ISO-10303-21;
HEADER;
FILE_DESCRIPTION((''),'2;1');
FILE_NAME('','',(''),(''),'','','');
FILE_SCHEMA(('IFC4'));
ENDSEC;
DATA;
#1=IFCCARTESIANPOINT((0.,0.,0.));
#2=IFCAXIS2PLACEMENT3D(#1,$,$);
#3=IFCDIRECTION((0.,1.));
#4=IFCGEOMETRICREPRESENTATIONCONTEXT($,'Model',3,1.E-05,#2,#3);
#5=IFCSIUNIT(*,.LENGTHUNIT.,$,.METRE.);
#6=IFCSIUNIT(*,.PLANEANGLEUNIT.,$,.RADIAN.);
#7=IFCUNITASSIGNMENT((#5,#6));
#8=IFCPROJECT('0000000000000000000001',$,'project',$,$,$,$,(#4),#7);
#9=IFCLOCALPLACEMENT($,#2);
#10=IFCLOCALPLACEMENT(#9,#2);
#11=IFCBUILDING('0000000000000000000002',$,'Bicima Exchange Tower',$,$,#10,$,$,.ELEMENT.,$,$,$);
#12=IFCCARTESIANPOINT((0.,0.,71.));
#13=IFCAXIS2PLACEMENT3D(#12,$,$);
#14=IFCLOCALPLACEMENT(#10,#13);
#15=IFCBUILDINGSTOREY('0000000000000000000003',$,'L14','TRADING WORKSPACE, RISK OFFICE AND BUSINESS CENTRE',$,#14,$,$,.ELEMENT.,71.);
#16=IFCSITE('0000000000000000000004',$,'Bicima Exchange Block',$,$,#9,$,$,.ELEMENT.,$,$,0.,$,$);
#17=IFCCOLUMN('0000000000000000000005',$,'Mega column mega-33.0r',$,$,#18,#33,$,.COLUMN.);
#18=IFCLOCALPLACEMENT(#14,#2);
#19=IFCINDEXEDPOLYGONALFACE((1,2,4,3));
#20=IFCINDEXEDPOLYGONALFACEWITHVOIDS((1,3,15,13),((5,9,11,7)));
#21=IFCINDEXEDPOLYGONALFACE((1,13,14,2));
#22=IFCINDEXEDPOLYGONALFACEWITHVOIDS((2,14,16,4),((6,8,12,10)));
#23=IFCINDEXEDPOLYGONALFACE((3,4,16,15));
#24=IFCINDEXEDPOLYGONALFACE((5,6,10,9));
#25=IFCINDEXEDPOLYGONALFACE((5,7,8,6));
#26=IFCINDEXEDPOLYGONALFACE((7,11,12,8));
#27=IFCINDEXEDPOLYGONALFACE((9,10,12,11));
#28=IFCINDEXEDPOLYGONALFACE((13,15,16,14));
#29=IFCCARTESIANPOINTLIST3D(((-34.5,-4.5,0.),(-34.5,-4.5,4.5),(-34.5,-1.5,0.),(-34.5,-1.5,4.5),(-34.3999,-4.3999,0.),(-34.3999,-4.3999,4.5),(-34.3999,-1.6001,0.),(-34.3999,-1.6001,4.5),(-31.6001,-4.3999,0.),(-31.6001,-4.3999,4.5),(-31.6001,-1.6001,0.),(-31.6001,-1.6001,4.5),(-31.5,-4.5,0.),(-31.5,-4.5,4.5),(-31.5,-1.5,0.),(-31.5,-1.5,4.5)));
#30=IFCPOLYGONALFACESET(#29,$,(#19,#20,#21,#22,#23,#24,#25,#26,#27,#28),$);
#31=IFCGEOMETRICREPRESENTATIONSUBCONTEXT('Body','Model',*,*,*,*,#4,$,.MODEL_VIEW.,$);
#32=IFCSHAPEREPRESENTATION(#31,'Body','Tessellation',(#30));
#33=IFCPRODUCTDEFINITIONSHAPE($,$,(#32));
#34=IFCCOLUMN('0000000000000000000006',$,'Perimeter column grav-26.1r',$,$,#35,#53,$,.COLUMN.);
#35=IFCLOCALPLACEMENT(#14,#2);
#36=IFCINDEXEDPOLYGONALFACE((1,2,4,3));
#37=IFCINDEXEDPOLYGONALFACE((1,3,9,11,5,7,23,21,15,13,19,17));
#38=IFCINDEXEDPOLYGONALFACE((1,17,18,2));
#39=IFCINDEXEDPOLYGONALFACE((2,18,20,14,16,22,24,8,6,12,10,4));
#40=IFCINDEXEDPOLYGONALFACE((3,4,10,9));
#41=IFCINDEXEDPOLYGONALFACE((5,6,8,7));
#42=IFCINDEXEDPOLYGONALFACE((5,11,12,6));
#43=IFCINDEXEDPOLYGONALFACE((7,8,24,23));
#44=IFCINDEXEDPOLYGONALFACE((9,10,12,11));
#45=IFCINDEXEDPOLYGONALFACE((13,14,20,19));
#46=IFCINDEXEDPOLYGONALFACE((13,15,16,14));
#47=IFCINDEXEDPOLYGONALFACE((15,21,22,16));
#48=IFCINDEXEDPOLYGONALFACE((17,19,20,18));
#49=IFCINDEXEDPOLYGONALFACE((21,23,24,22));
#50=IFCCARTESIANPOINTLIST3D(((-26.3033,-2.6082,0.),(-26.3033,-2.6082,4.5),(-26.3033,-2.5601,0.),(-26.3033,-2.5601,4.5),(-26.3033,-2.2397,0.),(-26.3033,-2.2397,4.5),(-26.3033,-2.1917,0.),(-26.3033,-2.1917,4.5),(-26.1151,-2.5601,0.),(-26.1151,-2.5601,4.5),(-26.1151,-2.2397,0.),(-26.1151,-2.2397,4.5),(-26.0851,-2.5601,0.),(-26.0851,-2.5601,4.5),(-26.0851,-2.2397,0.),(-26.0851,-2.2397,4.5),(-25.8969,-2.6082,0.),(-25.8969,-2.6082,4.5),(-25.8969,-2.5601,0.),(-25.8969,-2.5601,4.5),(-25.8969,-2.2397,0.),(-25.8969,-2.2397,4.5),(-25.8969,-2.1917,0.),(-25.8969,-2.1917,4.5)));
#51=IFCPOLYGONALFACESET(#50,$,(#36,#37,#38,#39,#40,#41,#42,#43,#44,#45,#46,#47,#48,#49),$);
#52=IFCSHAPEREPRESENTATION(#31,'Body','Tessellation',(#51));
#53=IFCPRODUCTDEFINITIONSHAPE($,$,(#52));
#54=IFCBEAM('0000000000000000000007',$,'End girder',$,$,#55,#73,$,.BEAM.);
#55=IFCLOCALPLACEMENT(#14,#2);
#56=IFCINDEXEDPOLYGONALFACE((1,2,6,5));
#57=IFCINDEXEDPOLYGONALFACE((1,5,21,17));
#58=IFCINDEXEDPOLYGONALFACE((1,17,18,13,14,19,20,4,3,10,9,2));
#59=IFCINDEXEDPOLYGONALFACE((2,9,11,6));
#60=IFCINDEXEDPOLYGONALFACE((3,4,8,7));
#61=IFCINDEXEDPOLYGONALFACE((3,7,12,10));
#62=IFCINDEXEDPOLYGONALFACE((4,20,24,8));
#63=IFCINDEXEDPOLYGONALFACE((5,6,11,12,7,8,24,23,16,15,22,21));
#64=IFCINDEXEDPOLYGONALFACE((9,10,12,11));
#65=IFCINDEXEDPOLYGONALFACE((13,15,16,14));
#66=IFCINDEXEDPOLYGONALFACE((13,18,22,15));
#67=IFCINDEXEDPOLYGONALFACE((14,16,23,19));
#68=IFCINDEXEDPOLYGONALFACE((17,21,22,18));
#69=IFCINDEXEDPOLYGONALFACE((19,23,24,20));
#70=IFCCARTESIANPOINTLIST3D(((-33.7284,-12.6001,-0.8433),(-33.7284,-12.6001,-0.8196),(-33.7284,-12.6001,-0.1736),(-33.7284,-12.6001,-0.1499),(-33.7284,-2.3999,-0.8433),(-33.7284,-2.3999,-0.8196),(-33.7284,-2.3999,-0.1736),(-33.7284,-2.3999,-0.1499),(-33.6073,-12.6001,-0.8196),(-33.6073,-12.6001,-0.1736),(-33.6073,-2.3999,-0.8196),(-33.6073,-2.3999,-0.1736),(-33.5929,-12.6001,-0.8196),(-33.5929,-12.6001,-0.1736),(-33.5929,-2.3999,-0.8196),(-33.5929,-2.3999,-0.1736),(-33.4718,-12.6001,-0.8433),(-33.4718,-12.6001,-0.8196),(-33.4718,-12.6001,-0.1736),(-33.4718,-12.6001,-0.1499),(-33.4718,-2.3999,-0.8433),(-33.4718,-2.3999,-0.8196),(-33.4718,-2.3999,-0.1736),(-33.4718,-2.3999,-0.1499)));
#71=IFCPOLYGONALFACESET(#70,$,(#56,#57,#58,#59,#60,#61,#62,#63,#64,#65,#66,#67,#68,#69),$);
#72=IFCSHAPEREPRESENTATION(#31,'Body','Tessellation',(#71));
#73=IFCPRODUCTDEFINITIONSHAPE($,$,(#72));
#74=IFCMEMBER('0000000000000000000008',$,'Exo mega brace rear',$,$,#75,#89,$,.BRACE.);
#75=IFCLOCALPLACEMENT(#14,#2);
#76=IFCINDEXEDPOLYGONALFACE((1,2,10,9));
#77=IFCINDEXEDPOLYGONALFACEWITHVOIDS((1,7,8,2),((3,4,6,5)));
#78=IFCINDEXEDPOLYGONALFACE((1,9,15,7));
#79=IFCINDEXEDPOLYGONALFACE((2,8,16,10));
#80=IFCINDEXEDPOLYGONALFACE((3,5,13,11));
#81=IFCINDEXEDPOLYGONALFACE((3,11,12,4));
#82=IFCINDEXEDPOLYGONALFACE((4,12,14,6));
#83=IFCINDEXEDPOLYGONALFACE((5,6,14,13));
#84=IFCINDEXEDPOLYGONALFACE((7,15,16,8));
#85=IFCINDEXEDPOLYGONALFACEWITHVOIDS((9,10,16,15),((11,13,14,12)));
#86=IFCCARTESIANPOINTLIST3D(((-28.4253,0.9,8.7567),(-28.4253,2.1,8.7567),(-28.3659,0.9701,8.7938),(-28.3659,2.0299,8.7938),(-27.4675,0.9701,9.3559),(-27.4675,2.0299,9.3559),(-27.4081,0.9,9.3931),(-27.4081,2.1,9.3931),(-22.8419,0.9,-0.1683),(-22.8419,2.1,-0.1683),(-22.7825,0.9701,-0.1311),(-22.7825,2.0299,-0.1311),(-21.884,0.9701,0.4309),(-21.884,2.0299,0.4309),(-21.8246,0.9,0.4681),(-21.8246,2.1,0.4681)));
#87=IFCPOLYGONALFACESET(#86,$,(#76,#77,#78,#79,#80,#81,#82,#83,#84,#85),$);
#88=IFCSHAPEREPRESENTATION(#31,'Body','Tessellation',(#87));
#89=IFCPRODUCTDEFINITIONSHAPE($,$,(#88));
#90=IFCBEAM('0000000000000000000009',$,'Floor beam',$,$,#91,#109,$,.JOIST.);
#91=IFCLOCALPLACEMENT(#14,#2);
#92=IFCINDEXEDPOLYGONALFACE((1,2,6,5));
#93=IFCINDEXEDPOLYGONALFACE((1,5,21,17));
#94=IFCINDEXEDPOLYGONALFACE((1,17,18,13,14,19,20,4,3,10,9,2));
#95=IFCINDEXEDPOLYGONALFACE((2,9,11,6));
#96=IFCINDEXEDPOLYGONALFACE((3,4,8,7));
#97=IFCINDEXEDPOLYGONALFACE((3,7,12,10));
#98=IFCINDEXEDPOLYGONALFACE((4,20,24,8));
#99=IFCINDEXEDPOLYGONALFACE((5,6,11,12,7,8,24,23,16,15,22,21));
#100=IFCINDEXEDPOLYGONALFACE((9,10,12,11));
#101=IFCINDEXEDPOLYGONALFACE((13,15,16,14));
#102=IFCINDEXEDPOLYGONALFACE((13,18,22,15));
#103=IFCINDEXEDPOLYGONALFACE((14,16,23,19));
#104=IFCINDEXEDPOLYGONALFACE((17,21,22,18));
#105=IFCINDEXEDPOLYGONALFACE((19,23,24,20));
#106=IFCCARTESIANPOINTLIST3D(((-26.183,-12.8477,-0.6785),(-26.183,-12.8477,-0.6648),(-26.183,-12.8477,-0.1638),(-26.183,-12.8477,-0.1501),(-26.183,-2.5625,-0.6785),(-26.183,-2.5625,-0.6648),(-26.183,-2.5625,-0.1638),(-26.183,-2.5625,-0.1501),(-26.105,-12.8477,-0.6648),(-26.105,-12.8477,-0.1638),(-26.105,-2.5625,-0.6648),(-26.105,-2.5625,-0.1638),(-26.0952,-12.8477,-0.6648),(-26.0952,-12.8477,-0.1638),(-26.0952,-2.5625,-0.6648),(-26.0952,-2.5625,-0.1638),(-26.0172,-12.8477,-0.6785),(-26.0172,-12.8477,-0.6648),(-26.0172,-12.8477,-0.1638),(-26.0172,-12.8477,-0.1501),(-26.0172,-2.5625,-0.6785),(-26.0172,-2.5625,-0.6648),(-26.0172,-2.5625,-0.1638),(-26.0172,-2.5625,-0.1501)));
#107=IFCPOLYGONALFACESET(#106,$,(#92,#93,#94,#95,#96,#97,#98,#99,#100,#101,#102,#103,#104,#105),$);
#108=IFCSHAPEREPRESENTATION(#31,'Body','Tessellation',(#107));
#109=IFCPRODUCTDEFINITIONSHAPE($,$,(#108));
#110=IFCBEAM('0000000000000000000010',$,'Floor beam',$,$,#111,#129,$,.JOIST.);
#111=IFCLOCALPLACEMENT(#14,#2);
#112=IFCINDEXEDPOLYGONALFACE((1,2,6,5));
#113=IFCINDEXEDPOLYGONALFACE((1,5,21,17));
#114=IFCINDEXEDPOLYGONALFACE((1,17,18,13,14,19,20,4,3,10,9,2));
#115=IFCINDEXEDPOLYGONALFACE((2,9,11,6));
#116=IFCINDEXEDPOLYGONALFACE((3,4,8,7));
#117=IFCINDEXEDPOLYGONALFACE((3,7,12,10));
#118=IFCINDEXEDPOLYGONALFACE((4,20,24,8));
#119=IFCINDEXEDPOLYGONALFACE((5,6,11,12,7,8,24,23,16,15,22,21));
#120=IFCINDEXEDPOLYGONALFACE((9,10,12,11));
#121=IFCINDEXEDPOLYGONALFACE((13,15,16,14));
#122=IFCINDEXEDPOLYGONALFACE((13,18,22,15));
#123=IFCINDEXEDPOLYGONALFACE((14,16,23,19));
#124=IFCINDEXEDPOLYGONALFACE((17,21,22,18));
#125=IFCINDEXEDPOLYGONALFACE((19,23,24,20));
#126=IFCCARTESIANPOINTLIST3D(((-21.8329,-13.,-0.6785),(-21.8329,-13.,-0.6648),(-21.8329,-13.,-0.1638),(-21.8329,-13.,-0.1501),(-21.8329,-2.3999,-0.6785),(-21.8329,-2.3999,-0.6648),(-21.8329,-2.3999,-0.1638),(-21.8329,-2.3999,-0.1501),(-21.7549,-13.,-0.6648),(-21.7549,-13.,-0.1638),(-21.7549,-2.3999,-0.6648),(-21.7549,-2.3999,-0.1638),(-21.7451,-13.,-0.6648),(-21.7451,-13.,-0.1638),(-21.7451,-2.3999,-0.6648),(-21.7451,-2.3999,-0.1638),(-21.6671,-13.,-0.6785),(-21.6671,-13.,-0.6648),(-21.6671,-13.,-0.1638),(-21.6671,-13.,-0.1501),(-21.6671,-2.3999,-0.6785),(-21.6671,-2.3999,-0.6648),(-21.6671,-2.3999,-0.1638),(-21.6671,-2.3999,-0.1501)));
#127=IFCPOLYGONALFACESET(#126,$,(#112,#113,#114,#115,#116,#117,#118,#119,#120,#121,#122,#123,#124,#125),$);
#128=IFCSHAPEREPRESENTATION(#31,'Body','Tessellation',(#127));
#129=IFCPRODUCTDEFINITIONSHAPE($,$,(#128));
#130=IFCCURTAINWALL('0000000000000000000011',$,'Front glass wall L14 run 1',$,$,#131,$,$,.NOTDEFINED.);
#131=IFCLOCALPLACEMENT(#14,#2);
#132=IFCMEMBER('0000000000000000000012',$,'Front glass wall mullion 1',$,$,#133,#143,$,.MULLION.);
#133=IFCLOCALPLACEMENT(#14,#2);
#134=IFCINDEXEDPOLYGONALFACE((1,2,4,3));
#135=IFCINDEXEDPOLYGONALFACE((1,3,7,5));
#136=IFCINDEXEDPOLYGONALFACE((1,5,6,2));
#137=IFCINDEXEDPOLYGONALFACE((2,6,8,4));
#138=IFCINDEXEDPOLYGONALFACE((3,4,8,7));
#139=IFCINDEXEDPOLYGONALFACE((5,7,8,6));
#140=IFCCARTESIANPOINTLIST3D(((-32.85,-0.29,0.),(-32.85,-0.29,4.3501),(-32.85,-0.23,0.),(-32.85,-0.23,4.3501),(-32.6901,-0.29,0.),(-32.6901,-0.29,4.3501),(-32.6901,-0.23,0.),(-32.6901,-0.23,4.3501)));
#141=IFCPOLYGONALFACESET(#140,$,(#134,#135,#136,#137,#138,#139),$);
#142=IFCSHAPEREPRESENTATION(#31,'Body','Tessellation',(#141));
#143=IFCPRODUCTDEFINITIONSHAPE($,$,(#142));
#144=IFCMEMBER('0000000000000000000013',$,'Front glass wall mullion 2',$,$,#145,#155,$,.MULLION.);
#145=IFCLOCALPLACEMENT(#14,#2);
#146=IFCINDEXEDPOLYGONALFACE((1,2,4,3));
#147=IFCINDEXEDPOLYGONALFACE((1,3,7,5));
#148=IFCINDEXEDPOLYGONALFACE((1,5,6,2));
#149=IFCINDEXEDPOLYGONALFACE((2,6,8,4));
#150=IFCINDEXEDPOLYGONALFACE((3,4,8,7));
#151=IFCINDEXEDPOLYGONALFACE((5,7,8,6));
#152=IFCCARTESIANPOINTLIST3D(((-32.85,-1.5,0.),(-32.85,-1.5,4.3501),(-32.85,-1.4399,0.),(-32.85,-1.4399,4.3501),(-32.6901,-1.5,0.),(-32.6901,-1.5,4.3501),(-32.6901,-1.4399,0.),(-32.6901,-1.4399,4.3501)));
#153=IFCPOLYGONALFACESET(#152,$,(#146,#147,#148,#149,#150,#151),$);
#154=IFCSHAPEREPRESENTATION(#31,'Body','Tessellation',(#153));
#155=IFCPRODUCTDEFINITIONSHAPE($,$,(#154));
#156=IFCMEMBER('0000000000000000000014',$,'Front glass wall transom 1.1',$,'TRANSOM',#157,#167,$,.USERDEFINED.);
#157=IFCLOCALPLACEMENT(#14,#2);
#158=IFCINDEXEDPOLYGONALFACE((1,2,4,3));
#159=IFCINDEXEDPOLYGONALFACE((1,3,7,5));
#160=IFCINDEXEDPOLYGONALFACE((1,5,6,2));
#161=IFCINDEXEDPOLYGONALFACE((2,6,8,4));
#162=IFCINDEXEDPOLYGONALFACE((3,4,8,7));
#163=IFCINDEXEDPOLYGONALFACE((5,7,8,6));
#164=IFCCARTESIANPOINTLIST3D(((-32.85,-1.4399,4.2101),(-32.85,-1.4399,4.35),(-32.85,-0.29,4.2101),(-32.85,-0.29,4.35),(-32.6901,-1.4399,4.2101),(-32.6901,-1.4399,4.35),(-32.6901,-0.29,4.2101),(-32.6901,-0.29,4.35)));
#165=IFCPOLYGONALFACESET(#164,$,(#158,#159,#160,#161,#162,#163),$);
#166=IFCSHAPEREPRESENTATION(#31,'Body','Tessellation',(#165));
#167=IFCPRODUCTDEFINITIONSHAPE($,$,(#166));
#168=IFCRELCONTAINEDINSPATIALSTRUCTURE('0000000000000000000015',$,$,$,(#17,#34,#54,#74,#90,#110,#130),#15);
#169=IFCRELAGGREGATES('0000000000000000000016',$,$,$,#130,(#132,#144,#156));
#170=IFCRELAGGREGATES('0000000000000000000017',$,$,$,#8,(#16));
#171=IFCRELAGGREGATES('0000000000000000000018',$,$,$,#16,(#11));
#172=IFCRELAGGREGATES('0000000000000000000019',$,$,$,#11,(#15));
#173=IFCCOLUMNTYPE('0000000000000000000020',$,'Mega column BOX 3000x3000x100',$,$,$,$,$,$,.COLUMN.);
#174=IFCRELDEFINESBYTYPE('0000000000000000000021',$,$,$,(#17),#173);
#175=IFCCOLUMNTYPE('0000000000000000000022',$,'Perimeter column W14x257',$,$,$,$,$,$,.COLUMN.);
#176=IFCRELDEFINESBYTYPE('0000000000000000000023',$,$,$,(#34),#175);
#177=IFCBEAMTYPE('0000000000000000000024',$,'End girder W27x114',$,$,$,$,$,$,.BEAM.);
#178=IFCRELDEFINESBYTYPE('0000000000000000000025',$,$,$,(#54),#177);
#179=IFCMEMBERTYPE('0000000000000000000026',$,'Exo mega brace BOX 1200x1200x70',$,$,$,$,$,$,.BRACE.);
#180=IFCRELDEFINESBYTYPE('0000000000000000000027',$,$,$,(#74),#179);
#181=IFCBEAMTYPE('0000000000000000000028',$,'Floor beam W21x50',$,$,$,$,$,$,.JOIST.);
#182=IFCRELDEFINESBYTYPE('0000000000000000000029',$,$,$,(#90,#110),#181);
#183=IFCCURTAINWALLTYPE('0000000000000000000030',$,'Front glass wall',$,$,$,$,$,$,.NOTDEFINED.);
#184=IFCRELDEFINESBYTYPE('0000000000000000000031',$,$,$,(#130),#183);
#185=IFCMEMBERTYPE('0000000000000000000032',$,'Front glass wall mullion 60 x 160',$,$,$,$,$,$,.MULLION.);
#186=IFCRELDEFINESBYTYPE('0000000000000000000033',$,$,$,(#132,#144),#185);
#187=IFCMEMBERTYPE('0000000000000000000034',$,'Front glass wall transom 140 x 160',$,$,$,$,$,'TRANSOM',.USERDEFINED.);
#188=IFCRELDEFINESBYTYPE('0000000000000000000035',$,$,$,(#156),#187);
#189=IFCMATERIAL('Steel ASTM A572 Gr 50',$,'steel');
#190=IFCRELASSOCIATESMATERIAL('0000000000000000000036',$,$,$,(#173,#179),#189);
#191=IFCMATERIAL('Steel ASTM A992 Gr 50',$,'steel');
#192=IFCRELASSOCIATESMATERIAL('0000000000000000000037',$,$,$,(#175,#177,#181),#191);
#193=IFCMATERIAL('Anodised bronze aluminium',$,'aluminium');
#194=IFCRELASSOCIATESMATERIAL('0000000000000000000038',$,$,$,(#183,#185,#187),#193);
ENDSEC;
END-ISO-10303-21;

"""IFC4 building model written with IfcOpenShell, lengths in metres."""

from ifc_helpers import new_model, si_unit, direction, frame, origin, origin_2d, place, context, subcontext, project, spatial, rectangle, hollow_rectangle, i_section, extrude, material, material_profile, profile_set, type_object, element, aggregate, save


model = new_model("IFC4")

# Units and contexts
model_context = context("Model", 3, precision=1e-05, world=origin(), true_north=direction((0.0, 1.0)))
body_context = subcontext(model_context, "Body", "Model", "MODEL_VIEW")
ifc_project = project(units=[si_unit("LENGTHUNIT", "METRE"), si_unit("PLANEANGLEUNIT", "RADIAN")], contexts=[model_context])

# Site, building, storey
site_placement = place(None, origin())
site = spatial("IfcSite", under=ifc_project, at=site_placement, Name="Bicima Exchange Block", CompositionType="ELEMENT", RefElevation=0.0)
building_placement = place(site_placement, origin())
building = spatial("IfcBuilding", under=site, at=building_placement, Name="Bicima Exchange Tower", CompositionType="ELEMENT")
storey_placement = place(building_placement, frame((0.0, 0.0, 71.0)))
storey = spatial("IfcBuildingStorey", under=building, at=storey_placement, Name="L14", Description="TRADING WORKSPACE, RISK OFFICE AND BUSINESS CENTRE", CompositionType="ELEMENT", Elevation=71.0)

# Columns
ifc_material_1 = material(Name="Steel ASTM A572 Gr 50", Category="steel")
ifc_material_profile_1 = material_profile(ifc_material_1, hollow_rectangle(XDim=3.0, YDim=3.0, WallThickness=0.1001, at=origin_2d()))
ifc_profile_set_1 = profile_set([ifc_material_profile_1], Name="Steel ASTM A572 Gr 50")
column_type_1 = type_object("IfcColumnType", Name="Mega column BOX 3000x3000x100", PredefinedType="COLUMN", material=ifc_profile_set_1)
column_1_placement = place(storey_placement, frame((-33.0, -3.0, 0.0), z_axis=(0.0, 0.0, 1.0), x_axis=(1.0, 0.0, 0.0)))
element("IfcColumn", 1, at=column_1_placement, inside=storey, type_object=column_type_1, Name="Mega column mega-33.0r", PredefinedType="COLUMN", context=body_context, shape_type="SweptSolid", body=[
    extrude(hollow_rectangle(XDim=3.0, YDim=3.0, WallThickness=0.1001, at=origin_2d()), origin(), (0.0, 0.0, 1.0), 4.5),
])
ifc_material_2 = material(Name="Steel ASTM A992 Gr 50", Category="steel")
ifc_material_profile_2 = material_profile(ifc_material_2, i_section(OverallWidth=0.4065, OverallDepth=0.4165, WebThickness=0.03, FlangeThickness=0.0481, at=origin_2d()))
ifc_profile_set_2 = profile_set([ifc_material_profile_2], Name="Steel ASTM A992 Gr 50")
column_type_2 = type_object("IfcColumnType", Name="Perimeter column W14x257", PredefinedType="COLUMN", material=ifc_profile_set_2)
column_2_placement = place(storey_placement, frame((-26.1001, -2.3999, 0.0), z_axis=(0.0, 0.0, 1.0), x_axis=(1.0, 0.0, 0.0)))
element("IfcColumn", 2, at=column_2_placement, inside=storey, type_object=column_type_2, Name="Perimeter column grav-26.1r", PredefinedType="COLUMN", context=body_context, shape_type="SweptSolid", body=[
    extrude(i_section(OverallWidth=0.4065, OverallDepth=0.4165, WebThickness=0.03, FlangeThickness=0.0481, at=origin_2d()), origin(), (0.0, 0.0, 1.0), 4.5),
])

# Beam
ifc_material_profile_3 = material_profile(ifc_material_2, i_section(OverallWidth=0.2566, OverallDepth=0.6934, WebThickness=0.0144, FlangeThickness=0.0237, at=origin_2d()))
ifc_profile_set_3 = profile_set([ifc_material_profile_3], Name="Steel ASTM A992 Gr 50")
beam_type_1 = type_object("IfcBeamType", Name="End girder W27x114", PredefinedType="BEAM", material=ifc_profile_set_3)
beam_1_placement = place(storey_placement, frame((-33.6001, -2.3999, -0.4966), z_axis=(0.0, -1.0, 0.0), x_axis=(1.0, 0.0, 0.0)))
element("IfcBeam", 3, at=beam_1_placement, inside=storey, type_object=beam_type_1, Name="End girder", PredefinedType="BEAM", context=body_context, shape_type="SweptSolid", body=[
    extrude(i_section(OverallWidth=0.2566, OverallDepth=0.6934, WebThickness=0.0144, FlangeThickness=0.0237, at=origin_2d()), origin(), (0.0, 0.0, 1.0), 10.2002),
])

# Member
ifc_material_profile_4 = material_profile(ifc_material_1, hollow_rectangle(XDim=1.2, YDim=1.2, WallThickness=0.0701, at=origin_2d()))
ifc_profile_set_4 = profile_set([ifc_material_profile_4], Name="Steel ASTM A572 Gr 50")
member_type_1 = type_object("IfcMemberType", Name="Exo mega brace BOX 1200x1200x70", PredefinedType="BRACE", material=ifc_profile_set_4)
member_1_placement = place(storey_placement, frame((-22.3333, 1.5, 0.1499), z_axis=(-0.530364, 0.0, 0.84777), x_axis=(0.0, -1.0, 0.0)))
element("IfcMember", 4, at=member_1_placement, inside=storey, type_object=member_type_1, Name="Exo mega brace rear", PredefinedType="BRACE", context=body_context, shape_type="SweptSolid", body=[
    extrude(hollow_rectangle(XDim=1.2, YDim=1.2, WallThickness=0.0701, at=origin_2d()), origin(), (0.0, 0.0, 1.0), 10.5276),
])

# Beams
ifc_material_profile_5 = material_profile(ifc_material_2, i_section(OverallWidth=0.1658, OverallDepth=0.5283, WebThickness=0.0098, FlangeThickness=0.0137, at=origin_2d()))
ifc_profile_set_5 = profile_set([ifc_material_profile_5], Name="Steel ASTM A992 Gr 50")
beam_type_2 = type_object("IfcBeamType", Name="Floor beam W21x50", PredefinedType="JOIST", material=ifc_profile_set_5)
beam_2_placement = place(storey_placement, frame((-26.1001, -2.5625, -0.4143), z_axis=(0.0, -1.0, 0.0), x_axis=(1.0, 0.0, 0.0)))
element("IfcBeam", 5, at=beam_2_placement, inside=storey, type_object=beam_type_2, Name="Floor beam", PredefinedType="JOIST", context=body_context, shape_type="SweptSolid", body=[
    extrude(i_section(OverallWidth=0.1658, OverallDepth=0.5283, WebThickness=0.0098, FlangeThickness=0.0137, at=origin_2d()), origin(), (0.0, 0.0, 1.0), 10.2852),
])
beam_3_placement = place(storey_placement, frame((-21.75, -2.3999, -0.4143), z_axis=(0.0, -1.0, 0.0), x_axis=(1.0, 0.0, 0.0)))
element("IfcBeam", 6, at=beam_3_placement, inside=storey, type_object=beam_type_2, Name="Floor beam", PredefinedType="JOIST", context=body_context, shape_type="SweptSolid", body=[
    extrude(i_section(OverallWidth=0.1658, OverallDepth=0.5283, WebThickness=0.0098, FlangeThickness=0.0137, at=origin_2d()), origin(), (0.0, 0.0, 1.0), 10.6001),
])

# Curtain wall, members
ifc_material_3 = material(Name="Anodised bronze aluminium", Category="aluminium")
curtain_wall_type = type_object("IfcCurtainWallType", Name="Front glass wall", PredefinedType="NOTDEFINED", material=ifc_material_3)
curtain_wall_placement = place(storey_placement, origin())
curtain_wall = element("IfcCurtainWall", 7, at=curtain_wall_placement, inside=storey, type_object=curtain_wall_type, Name="Front glass wall L14 run 1", PredefinedType="NOTDEFINED")
ifc_material_profile_6 = material_profile(ifc_material_3, rectangle(XDim=0.1599, YDim=0.0601, at=origin_2d()))
ifc_profile_set_6 = profile_set([ifc_material_profile_6], Name="Anodised bronze aluminium")
member_type_2 = type_object("IfcMemberType", Name="Front glass wall mullion 60 x 160", PredefinedType="MULLION", material=ifc_profile_set_6)
member_2_placement = place(storey_placement, frame((-32.77, -0.26, 0.0), z_axis=(0.0, 0.0, 1.0), x_axis=(1.0, 0.0, 0.0)))
member_2 = element("IfcMember", 8, at=member_2_placement, type_object=member_type_2, Name="Front glass wall mullion 1", PredefinedType="MULLION", context=body_context, shape_type="SweptSolid", body=[
    extrude(rectangle(XDim=0.1599, YDim=0.0601, at=origin_2d()), origin(), (0.0, 0.0, 1.0), 4.3501),
])
member_3_placement = place(storey_placement, frame((-32.77, -1.47, 0.0), z_axis=(0.0, 0.0, 1.0), x_axis=(1.0, 0.0, 0.0)))
member_3 = element("IfcMember", 9, at=member_3_placement, type_object=member_type_2, Name="Front glass wall mullion 2", PredefinedType="MULLION", context=body_context, shape_type="SweptSolid", body=[
    extrude(rectangle(XDim=0.1599, YDim=0.0601, at=origin_2d()), origin(), (0.0, 0.0, 1.0), 4.3501),
])
ifc_material_profile_7 = material_profile(ifc_material_3, rectangle(XDim=0.1599, YDim=0.1399, at=origin_2d()))
ifc_profile_set_7 = profile_set([ifc_material_profile_7], Name="Anodised bronze aluminium")
member_type_3 = type_object("IfcMemberType", Name="Front glass wall transom 140 x 160", ElementType="TRANSOM", PredefinedType="USERDEFINED", material=ifc_profile_set_7)
member_4_placement = place(storey_placement, frame((-32.77, -0.29, 4.28), z_axis=(0.0, -1.0, 0.0), x_axis=(1.0, 0.0, 0.0)))
member_4 = element("IfcMember", 10, at=member_4_placement, type_object=member_type_3, Name="Front glass wall transom 1.1", ObjectType="TRANSOM", PredefinedType="USERDEFINED", context=body_context, shape_type="SweptSolid", body=[
    extrude(rectangle(XDim=0.1599, YDim=0.1399, at=origin_2d()), origin(), (0.0, 0.0, 1.0), 1.1499),
])

aggregate(curtain_wall, [member_2, member_3, member_4])

save(model, "model.ifc")
